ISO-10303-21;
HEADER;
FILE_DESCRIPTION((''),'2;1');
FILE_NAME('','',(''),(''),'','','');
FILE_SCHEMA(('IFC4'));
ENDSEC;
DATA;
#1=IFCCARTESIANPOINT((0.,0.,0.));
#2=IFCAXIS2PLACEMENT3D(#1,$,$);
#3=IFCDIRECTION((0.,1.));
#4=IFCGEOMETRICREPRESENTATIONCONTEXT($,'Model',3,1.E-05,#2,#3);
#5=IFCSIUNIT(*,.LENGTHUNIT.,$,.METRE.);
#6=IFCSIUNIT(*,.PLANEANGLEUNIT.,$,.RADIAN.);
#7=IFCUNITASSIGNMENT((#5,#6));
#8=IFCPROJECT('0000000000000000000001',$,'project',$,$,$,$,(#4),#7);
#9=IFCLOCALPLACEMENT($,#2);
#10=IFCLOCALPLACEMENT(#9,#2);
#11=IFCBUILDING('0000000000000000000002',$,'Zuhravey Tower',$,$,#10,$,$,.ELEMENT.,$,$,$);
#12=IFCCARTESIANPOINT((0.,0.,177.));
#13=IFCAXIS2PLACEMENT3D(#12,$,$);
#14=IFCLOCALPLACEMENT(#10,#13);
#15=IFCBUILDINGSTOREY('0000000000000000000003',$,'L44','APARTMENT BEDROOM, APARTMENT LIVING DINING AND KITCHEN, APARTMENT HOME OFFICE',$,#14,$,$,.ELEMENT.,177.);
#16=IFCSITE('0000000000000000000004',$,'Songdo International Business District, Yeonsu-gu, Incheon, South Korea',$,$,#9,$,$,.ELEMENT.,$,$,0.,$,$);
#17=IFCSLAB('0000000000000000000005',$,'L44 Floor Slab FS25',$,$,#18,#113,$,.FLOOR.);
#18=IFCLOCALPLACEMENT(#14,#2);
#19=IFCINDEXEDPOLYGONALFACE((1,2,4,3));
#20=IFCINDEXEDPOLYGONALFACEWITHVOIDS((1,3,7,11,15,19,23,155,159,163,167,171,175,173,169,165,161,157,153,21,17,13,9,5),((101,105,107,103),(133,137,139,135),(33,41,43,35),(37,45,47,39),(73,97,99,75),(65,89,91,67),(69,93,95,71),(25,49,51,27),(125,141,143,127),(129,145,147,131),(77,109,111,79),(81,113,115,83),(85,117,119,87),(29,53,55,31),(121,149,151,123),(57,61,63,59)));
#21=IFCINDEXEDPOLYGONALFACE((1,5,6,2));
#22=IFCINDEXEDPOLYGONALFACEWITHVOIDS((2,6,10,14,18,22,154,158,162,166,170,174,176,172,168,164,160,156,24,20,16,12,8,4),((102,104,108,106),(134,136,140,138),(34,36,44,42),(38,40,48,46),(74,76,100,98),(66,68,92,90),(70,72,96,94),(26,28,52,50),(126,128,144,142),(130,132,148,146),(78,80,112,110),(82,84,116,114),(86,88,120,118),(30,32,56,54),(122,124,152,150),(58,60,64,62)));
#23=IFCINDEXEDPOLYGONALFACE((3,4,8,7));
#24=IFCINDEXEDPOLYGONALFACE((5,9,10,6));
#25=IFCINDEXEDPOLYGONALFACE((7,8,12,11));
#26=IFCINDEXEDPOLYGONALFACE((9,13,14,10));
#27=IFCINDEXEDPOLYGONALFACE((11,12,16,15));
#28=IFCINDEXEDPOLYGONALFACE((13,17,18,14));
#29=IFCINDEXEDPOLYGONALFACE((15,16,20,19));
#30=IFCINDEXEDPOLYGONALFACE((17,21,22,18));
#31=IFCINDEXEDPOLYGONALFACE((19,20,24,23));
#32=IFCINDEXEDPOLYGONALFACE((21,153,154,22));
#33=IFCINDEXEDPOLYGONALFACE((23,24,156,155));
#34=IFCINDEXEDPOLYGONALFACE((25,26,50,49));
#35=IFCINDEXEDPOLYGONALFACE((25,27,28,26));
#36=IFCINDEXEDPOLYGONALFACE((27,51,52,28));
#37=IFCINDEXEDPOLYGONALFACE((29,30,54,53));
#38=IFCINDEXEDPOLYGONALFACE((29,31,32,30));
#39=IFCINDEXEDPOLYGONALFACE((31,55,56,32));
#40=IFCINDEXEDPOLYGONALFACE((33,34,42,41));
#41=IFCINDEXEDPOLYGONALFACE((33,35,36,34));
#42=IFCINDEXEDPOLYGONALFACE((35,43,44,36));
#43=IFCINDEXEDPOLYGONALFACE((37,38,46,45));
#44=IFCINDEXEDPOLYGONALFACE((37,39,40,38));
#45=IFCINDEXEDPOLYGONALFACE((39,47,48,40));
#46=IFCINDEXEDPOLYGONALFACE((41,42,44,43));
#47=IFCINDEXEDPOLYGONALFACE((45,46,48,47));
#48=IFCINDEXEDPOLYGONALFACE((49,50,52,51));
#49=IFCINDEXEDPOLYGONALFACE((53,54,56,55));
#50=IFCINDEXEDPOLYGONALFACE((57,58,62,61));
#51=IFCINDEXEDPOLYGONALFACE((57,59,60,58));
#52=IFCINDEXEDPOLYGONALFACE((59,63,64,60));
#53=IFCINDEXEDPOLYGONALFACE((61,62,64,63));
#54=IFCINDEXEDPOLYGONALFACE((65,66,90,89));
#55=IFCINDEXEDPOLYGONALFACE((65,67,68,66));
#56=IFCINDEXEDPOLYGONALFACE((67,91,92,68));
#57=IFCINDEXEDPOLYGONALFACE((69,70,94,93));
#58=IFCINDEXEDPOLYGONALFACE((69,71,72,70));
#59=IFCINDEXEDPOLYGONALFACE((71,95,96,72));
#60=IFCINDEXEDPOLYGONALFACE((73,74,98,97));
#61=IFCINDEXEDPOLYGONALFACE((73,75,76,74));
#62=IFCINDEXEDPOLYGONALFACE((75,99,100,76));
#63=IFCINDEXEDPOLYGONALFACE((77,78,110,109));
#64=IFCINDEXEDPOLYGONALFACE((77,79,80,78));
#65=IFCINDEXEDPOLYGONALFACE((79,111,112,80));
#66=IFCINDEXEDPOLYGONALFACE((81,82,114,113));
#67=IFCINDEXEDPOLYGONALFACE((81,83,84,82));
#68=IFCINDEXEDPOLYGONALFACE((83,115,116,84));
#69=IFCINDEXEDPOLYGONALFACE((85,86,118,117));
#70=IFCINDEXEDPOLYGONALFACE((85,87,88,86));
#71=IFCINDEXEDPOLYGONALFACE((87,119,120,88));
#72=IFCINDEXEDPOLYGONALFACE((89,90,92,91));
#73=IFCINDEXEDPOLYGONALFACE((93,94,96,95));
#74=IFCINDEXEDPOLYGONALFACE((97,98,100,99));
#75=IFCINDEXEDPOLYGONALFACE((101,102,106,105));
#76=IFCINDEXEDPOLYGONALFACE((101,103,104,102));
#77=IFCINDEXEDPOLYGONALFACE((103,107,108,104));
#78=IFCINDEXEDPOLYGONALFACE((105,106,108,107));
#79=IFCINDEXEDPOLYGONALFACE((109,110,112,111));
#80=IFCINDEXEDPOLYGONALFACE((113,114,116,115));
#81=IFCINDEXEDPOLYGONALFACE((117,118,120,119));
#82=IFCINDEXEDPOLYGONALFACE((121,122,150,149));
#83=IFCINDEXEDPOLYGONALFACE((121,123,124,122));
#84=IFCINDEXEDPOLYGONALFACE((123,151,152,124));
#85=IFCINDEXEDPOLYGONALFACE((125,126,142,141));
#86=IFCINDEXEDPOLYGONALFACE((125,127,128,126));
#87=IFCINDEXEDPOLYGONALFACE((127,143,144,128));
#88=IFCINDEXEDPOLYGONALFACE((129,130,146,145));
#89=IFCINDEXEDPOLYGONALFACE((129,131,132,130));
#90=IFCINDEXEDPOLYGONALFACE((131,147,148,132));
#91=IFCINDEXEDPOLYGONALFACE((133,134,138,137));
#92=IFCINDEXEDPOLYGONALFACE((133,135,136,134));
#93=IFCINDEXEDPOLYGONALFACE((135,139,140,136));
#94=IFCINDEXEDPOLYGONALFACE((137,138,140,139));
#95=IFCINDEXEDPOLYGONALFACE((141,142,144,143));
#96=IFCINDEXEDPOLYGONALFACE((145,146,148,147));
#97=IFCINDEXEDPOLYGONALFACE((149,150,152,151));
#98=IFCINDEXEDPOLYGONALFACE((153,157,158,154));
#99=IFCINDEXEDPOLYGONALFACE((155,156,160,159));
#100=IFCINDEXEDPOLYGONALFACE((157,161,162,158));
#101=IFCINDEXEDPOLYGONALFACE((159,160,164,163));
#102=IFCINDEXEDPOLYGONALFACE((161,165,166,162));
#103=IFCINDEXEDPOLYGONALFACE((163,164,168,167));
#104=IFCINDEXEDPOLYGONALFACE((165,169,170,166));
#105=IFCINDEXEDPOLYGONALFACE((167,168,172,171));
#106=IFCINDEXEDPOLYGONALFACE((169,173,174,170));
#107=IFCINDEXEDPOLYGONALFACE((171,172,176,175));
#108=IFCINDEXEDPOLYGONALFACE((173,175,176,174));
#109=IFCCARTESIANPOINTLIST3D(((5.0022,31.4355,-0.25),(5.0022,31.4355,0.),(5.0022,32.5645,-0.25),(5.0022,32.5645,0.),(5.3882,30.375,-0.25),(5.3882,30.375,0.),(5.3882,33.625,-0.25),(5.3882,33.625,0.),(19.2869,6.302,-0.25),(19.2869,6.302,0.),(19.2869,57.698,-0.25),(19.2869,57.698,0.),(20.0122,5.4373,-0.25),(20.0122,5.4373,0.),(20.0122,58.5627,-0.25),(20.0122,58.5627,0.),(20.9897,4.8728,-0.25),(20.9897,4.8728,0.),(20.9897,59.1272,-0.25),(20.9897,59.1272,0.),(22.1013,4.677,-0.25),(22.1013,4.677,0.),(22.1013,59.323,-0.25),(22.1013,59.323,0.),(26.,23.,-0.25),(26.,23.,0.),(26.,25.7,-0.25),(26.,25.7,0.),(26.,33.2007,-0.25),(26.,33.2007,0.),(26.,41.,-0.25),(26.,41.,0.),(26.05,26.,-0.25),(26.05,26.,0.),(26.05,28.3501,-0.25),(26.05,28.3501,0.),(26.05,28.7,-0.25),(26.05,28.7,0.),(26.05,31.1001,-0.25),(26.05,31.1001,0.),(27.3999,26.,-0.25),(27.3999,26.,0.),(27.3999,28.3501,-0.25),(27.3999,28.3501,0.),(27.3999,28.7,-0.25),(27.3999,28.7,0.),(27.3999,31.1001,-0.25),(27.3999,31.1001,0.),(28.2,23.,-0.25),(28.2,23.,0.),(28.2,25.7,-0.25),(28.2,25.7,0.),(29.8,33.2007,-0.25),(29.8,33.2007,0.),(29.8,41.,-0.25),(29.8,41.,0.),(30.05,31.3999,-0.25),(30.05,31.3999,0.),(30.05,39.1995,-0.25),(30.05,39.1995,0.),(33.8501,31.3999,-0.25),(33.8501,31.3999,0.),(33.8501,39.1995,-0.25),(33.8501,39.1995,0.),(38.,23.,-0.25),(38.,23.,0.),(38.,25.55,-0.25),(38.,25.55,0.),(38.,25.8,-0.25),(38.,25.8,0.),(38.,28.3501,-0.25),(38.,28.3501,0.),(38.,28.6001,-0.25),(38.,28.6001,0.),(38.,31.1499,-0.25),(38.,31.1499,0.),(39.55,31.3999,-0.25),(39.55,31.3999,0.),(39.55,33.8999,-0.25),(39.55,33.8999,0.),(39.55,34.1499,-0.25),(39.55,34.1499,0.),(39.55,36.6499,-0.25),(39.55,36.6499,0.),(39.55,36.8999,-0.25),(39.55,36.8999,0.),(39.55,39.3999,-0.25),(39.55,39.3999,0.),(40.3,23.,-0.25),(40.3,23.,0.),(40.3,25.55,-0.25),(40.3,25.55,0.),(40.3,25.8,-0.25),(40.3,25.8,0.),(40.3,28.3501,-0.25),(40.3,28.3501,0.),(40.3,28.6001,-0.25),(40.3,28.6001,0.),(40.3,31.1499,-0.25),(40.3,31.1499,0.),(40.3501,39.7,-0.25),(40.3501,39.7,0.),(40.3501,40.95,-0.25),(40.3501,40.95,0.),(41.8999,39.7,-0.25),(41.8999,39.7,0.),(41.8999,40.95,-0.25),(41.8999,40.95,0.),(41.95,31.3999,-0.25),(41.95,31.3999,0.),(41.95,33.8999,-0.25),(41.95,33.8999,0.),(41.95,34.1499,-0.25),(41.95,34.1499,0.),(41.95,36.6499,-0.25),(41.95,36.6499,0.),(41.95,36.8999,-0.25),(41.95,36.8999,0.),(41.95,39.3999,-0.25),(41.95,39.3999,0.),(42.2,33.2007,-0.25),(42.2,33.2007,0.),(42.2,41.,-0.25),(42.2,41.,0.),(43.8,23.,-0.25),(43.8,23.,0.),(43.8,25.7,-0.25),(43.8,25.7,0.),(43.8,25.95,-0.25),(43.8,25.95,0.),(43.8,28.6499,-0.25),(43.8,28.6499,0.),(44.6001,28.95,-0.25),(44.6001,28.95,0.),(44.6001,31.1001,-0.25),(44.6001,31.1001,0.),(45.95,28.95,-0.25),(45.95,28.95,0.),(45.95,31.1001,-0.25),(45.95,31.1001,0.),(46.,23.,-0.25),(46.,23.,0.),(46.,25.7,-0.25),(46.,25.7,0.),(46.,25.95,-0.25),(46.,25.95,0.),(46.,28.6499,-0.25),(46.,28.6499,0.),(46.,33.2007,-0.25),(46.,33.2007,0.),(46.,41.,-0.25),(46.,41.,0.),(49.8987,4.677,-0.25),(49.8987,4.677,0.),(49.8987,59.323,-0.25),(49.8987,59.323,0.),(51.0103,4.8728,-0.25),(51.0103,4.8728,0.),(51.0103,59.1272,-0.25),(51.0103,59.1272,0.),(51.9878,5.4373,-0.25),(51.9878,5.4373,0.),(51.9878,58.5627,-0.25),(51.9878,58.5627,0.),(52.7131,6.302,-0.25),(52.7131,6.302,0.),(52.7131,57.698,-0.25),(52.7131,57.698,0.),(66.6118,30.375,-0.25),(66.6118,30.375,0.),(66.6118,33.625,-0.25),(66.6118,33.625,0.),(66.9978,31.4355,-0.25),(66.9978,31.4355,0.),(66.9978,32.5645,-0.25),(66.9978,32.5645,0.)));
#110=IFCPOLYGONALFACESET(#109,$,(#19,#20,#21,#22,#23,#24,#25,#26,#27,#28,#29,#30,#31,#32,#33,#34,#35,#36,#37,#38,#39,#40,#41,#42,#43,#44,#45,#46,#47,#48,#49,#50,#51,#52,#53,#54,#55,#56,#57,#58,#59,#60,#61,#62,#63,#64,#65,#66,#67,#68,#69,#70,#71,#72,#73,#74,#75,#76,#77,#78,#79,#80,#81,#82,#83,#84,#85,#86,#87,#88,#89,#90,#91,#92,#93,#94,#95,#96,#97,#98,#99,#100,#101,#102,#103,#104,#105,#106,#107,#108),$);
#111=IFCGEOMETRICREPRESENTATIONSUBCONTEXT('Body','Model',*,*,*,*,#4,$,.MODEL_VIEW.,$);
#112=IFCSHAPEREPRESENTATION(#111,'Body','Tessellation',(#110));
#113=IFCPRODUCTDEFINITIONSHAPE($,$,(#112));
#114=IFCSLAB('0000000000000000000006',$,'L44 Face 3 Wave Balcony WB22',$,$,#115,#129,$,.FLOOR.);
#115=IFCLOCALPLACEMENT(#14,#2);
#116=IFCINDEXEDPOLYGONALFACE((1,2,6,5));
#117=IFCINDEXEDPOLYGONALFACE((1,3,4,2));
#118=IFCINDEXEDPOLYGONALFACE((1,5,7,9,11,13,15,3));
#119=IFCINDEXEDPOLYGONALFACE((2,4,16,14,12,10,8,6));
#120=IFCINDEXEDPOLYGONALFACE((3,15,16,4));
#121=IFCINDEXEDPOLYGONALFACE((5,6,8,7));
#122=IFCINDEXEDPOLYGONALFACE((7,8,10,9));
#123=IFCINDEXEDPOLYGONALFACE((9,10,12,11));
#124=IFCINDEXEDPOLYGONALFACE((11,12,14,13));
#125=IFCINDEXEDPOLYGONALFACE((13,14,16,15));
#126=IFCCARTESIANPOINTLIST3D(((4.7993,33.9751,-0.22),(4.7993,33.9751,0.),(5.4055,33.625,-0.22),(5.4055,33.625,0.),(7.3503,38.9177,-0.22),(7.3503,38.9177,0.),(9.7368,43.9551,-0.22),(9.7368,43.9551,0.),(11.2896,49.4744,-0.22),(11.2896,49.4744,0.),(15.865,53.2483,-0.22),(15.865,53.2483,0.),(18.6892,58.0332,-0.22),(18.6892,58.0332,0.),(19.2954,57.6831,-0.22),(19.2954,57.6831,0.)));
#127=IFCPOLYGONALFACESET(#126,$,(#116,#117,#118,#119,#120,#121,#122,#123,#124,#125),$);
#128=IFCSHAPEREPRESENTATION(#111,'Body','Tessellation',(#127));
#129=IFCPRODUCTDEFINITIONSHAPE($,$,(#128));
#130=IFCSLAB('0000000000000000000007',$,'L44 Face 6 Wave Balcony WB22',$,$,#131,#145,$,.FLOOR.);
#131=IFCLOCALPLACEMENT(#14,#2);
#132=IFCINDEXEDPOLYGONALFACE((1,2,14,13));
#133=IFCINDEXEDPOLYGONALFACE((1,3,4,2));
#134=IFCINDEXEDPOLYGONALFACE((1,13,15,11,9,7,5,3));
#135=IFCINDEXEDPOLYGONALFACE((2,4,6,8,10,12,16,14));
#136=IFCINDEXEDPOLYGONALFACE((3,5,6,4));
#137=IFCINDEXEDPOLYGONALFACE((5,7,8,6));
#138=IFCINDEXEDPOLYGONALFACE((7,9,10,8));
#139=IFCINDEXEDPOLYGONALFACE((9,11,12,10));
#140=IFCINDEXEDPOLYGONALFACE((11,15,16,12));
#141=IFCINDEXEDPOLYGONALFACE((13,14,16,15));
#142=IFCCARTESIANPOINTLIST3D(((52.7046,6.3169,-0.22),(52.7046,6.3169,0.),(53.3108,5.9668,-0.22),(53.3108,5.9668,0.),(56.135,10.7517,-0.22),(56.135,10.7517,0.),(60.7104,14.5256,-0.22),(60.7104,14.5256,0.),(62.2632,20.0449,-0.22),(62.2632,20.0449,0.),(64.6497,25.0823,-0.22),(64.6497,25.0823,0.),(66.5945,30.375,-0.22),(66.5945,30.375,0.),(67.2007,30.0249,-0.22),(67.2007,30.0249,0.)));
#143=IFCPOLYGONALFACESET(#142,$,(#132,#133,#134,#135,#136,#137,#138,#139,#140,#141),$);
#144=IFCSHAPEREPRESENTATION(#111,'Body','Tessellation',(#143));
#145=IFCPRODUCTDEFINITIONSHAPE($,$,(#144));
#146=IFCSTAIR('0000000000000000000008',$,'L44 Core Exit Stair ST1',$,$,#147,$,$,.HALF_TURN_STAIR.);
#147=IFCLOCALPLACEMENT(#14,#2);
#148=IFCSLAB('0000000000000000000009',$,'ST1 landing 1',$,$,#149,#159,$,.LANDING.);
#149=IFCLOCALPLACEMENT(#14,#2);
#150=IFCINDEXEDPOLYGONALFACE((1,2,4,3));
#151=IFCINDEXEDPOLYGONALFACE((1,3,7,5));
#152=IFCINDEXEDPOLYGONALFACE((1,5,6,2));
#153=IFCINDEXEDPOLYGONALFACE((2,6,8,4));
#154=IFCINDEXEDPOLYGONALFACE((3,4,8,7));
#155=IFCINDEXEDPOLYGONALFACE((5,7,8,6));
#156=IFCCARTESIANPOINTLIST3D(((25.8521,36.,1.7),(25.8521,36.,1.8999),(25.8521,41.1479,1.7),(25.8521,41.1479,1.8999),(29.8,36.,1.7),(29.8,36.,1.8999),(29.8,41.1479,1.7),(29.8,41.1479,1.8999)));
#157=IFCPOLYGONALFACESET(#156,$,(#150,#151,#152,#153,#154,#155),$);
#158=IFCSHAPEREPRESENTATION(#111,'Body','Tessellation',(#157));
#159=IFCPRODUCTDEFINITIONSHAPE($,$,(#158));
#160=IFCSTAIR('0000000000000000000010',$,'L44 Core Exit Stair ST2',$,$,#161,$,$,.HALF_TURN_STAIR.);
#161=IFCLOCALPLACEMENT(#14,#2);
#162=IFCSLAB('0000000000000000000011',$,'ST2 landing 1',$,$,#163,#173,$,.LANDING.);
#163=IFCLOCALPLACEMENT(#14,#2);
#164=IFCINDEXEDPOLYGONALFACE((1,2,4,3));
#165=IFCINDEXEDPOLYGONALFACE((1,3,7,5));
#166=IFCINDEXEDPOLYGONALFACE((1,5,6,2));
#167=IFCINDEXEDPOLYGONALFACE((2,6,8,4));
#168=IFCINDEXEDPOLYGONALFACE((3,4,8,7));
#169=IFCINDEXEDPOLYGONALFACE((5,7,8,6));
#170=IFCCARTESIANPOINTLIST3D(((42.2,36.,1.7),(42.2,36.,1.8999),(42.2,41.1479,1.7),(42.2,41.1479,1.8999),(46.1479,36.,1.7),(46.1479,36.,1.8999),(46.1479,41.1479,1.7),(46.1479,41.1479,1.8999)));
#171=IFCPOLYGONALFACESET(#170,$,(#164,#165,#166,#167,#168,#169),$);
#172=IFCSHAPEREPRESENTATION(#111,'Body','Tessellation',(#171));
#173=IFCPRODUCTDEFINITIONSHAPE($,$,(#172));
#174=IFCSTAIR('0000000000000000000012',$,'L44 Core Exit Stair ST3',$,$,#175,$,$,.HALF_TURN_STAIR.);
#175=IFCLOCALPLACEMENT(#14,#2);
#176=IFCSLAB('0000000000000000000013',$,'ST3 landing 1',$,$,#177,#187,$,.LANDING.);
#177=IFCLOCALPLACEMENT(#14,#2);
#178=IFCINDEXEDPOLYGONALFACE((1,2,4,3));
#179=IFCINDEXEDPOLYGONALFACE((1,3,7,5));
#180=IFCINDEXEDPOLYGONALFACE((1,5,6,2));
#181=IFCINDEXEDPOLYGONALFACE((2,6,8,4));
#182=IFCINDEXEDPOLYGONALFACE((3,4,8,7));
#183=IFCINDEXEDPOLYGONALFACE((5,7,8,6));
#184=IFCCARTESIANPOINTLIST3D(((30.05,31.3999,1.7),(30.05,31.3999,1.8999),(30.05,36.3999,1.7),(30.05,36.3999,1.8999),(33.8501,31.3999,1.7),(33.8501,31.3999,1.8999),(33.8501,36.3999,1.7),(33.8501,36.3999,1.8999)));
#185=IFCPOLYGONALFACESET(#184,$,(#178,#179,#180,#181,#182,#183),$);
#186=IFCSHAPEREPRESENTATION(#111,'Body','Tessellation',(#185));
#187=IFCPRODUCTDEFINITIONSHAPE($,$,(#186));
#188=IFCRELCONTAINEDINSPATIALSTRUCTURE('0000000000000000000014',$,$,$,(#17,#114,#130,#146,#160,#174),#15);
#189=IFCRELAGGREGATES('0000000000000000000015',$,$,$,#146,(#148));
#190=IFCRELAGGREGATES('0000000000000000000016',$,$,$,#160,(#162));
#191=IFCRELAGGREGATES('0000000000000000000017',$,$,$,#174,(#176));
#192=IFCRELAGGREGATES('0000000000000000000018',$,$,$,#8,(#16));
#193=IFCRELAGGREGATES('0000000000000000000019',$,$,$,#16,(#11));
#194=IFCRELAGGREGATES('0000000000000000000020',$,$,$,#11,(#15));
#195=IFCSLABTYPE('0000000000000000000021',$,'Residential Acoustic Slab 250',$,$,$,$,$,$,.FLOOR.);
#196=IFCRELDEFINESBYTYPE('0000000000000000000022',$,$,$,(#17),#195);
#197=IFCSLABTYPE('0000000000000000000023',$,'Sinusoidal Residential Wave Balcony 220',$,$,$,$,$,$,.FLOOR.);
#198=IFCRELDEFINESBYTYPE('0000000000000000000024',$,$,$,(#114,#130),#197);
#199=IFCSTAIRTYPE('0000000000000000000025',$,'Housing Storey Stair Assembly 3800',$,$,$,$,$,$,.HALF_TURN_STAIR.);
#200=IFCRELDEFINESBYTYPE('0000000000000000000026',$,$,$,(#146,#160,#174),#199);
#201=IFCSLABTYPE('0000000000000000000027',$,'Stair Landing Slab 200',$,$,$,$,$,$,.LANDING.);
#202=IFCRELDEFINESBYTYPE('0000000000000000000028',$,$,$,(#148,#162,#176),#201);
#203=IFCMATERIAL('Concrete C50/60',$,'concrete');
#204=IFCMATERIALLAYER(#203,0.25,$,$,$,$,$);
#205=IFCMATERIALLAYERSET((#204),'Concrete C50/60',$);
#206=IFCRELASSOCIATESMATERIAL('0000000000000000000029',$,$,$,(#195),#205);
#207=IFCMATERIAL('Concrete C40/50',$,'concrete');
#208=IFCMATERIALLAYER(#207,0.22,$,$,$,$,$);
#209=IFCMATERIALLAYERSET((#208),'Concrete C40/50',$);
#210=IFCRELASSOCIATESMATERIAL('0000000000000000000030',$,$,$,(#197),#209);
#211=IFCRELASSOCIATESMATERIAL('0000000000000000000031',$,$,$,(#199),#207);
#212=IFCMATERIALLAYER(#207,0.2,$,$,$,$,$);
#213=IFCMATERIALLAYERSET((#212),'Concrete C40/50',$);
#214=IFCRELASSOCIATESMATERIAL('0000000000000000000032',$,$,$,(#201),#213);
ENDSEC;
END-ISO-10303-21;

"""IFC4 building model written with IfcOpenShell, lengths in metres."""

from ifc_helpers import new_model, si_unit, direction, frame, origin, place, context, subcontext, project, spatial, polyline, outline, extrude, material, layer, layer_set, type_object, element, aggregate, save


model = new_model("IFC4")

# Units and contexts
model_context = context("Model", 3, precision=1e-05, world=origin(), true_north=direction((0.0, 1.0)))
body_context = subcontext(model_context, "Body", "Model", "MODEL_VIEW")
ifc_project = project(units=[si_unit("LENGTHUNIT", "METRE"), si_unit("PLANEANGLEUNIT", "RADIAN")], contexts=[model_context])

# Site, building, storey
site_placement = place(None, origin())
site = spatial("IfcSite", under=ifc_project, at=site_placement, Name="Songdo International Business District, Yeonsu-gu, Incheon, South Korea", CompositionType="ELEMENT", RefElevation=0.0)
building_placement = place(site_placement, origin())
building = spatial("IfcBuilding", under=site, at=building_placement, Name="Zuhravey Tower", CompositionType="ELEMENT")
storey_placement = place(building_placement, frame((0.0, 0.0, 177.0)))
storey = spatial("IfcBuildingStorey", under=building, at=storey_placement, Name="L44", Description="APARTMENT BEDROOM, APARTMENT LIVING DINING AND KITCHEN, APARTMENT HOME OFFICE", CompositionType="ELEMENT", Elevation=177.0)

# Slabs
ifc_material_1 = material(Name="Concrete C50/60", Category="concrete")
ifc_layer_1 = layer(ifc_material_1, 0.25)
ifc_layer_set_1 = layer_set([ifc_layer_1], Name="Concrete C50/60")
slab_type_1 = type_object("IfcSlabType", Name="Residential Acoustic Slab 250", PredefinedType="FLOOR", material=ifc_layer_set_1)
slab_1_placement = place(storey_placement, frame((0.0, 0.0, -0.25)))
element("IfcSlab", 1, at=slab_1_placement, inside=storey, type_object=slab_type_1, Name="L44 Floor Slab FS25", PredefinedType="FLOOR", context=body_context, shape_type="SweptSolid", body=[
    extrude(outline(polyline([(66.6118, 30.375), (66.9978, 31.4355), (66.9978, 32.5645), (66.6118, 33.625), (52.7131, 57.698), (51.9878, 58.5627), (51.0103, 59.1272), (49.8987, 59.323), (22.1013, 59.323), (20.9897, 59.1272), (20.0122, 58.5627), (19.2869, 57.698), (5.3882, 33.625), (5.0022, 32.5645), (5.0022, 31.4355), (5.3882, 30.375), (19.2869, 6.302), (20.0122, 5.4373), (20.9897, 4.8728), (22.1013, 4.677), (49.8987, 4.677), (51.0103, 4.8728), (51.9878, 5.4373), (52.7131, 6.302), (66.6118, 30.375)]), holes=[polyline([(29.8, 33.2007), (29.8, 41.0), (26.0, 41.0), (26.0, 33.2007), (29.8, 33.2007)]), polyline([(46.0, 33.2007), (46.0, 41.0), (42.2, 41.0), (42.2, 33.2007), (46.0, 33.2007)]), polyline([(30.05, 39.1995), (30.05, 31.3999), (33.8501, 31.3999), (33.8501, 39.1995), (30.05, 39.1995)]), polyline([(38.0, 23.0), (40.3, 23.0), (40.3, 25.55), (38.0, 25.55), (38.0, 23.0)]), polyline([(38.0, 25.8), (40.3, 25.8), (40.3, 28.3501), (38.0, 28.3501), (38.0, 25.8)]), polyline([(38.0, 28.6001), (40.3, 28.6001), (40.3, 31.1499), (38.0, 31.1499), (38.0, 28.6001)]), polyline([(39.55, 31.3999), (41.95, 31.3999), (41.95, 33.8999), (39.55, 33.8999), (39.55, 31.3999)]), polyline([(39.55, 34.1499), (41.95, 34.1499), (41.95, 36.6499), (39.55, 36.6499), (39.55, 34.1499)]), polyline([(39.55, 36.8999), (41.95, 36.8999), (41.95, 39.3999), (39.55, 39.3999), (39.55, 36.8999)]), polyline([(26.0, 23.0), (28.2, 23.0), (28.2, 25.7), (26.0, 25.7), (26.0, 23.0)]), polyline([(43.8, 23.0), (46.0, 23.0), (46.0, 25.7), (43.8, 25.7), (43.8, 23.0)]), polyline([(43.8, 25.95), (46.0, 25.95), (46.0, 28.6499), (43.8, 28.6499), (43.8, 25.95)]), polyline([(26.05, 26.0), (27.3999, 26.0), (27.3999, 28.3501), (26.05, 28.3501), (26.05, 26.0)]), polyline([(26.05, 28.7), (27.3999, 28.7), (27.3999, 31.1001), (26.05, 31.1001), (26.05, 28.7)]), polyline([(44.6001, 28.95), (45.95, 28.95), (45.95, 31.1001), (44.6001, 31.1001), (44.6001, 28.95)]), polyline([(40.3501, 39.7), (41.8999, 39.7), (41.8999, 40.95), (40.3501, 40.95), (40.3501, 39.7)])]), origin(), (0.0, 0.0, 1.0), 0.25),
])
ifc_material_2 = material(Name="Concrete C40/50", Category="concrete")
ifc_layer_2 = layer(ifc_material_2, 0.22)
ifc_layer_set_2 = layer_set([ifc_layer_2], Name="Concrete C40/50")
slab_type_2 = type_object("IfcSlabType", Name="Sinusoidal Residential Wave Balcony 220", PredefinedType="FLOOR", material=ifc_layer_set_2)
slab_2_placement = place(storey_placement, frame((0.0, 0.0, -0.22)))
element("IfcSlab", 2, at=slab_2_placement, inside=storey, type_object=slab_type_2, Name="L44 Face 3 Wave Balcony WB22", PredefinedType="FLOOR", context=body_context, shape_type="SweptSolid", body=[
    extrude(outline(polyline([(19.2954, 57.6831), (5.4055, 33.625), (4.7993, 33.9751), (7.3503, 38.9177), (9.7368, 43.9551), (11.2896, 49.4744), (15.865, 53.2483), (18.6892, 58.0332), (19.2954, 57.6831)])), origin(), (0.0, 0.0, 1.0), 0.22),
])
slab_3_placement = place(storey_placement, frame((0.0, 0.0, -0.22)))
element("IfcSlab", 3, at=slab_3_placement, inside=storey, type_object=slab_type_2, Name="L44 Face 6 Wave Balcony WB22", PredefinedType="FLOOR", context=body_context, shape_type="SweptSolid", body=[
    extrude(outline(polyline([(52.7046, 6.3169), (66.5945, 30.375), (67.2007, 30.0249), (64.6497, 25.0823), (62.2632, 20.0449), (60.7104, 14.5256), (56.135, 10.7517), (53.3108, 5.9668), (52.7046, 6.3169)])), origin(), (0.0, 0.0, 1.0), 0.22),
])

# Stairs, slabs
stair_type = type_object("IfcStairType", Name="Housing Storey Stair Assembly 3800", PredefinedType="HALF_TURN_STAIR", material=ifc_material_2)
stair_1_placement = place(storey_placement, origin())
stair_1 = element("IfcStair", 4, at=stair_1_placement, inside=storey, type_object=stair_type, Name="L44 Core Exit Stair ST1", PredefinedType="HALF_TURN_STAIR")
ifc_layer_3 = layer(ifc_material_2, 0.2)
ifc_layer_set_3 = layer_set([ifc_layer_3], Name="Concrete C40/50")
slab_type_3 = type_object("IfcSlabType", Name="Stair Landing Slab 200", PredefinedType="LANDING", material=ifc_layer_set_3)
slab_4_placement = place(storey_placement, frame((0.0, 0.0, 1.7)))
slab_4 = element("IfcSlab", 5, at=slab_4_placement, type_object=slab_type_3, Name="ST1 landing 1", PredefinedType="LANDING", context=body_context, shape_type="SweptSolid", body=[
    extrude(outline(polyline([(29.8, 36.0), (29.8, 41.1479), (25.8521, 41.1479), (25.8521, 36.0), (29.8, 36.0)])), origin(), (0.0, 0.0, 1.0), 0.2),
])
aggregate(stair_1, [slab_4])
stair_2_placement = place(storey_placement, origin())
stair_2 = element("IfcStair", 6, at=stair_2_placement, inside=storey, type_object=stair_type, Name="L44 Core Exit Stair ST2", PredefinedType="HALF_TURN_STAIR")
slab_5_placement = place(storey_placement, frame((0.0, 0.0, 1.7)))
slab_5 = element("IfcSlab", 7, at=slab_5_placement, type_object=slab_type_3, Name="ST2 landing 1", PredefinedType="LANDING", context=body_context, shape_type="SweptSolid", body=[
    extrude(outline(polyline([(46.1479, 36.0), (46.1479, 41.1479), (42.2, 41.1479), (42.2, 36.0), (46.1479, 36.0)])), origin(), (0.0, 0.0, 1.0), 0.2),
])
aggregate(stair_2, [slab_5])
stair_3_placement = place(storey_placement, origin())
stair_3 = element("IfcStair", 8, at=stair_3_placement, inside=storey, type_object=stair_type, Name="L44 Core Exit Stair ST3", PredefinedType="HALF_TURN_STAIR")
slab_6_placement = place(storey_placement, frame((0.0, 0.0, 1.7)))
slab_6 = element("IfcSlab", 9, at=slab_6_placement, type_object=slab_type_3, Name="ST3 landing 1", PredefinedType="LANDING", context=body_context, shape_type="SweptSolid", body=[
    extrude(outline(polyline([(30.05, 36.3999), (30.05, 31.3999), (33.8501, 31.3999), (33.8501, 36.3999), (30.05, 36.3999)])), origin(), (0.0, 0.0, 1.0), 0.2),
])
aggregate(stair_3, [slab_6])

save(model, "model.ifc")
